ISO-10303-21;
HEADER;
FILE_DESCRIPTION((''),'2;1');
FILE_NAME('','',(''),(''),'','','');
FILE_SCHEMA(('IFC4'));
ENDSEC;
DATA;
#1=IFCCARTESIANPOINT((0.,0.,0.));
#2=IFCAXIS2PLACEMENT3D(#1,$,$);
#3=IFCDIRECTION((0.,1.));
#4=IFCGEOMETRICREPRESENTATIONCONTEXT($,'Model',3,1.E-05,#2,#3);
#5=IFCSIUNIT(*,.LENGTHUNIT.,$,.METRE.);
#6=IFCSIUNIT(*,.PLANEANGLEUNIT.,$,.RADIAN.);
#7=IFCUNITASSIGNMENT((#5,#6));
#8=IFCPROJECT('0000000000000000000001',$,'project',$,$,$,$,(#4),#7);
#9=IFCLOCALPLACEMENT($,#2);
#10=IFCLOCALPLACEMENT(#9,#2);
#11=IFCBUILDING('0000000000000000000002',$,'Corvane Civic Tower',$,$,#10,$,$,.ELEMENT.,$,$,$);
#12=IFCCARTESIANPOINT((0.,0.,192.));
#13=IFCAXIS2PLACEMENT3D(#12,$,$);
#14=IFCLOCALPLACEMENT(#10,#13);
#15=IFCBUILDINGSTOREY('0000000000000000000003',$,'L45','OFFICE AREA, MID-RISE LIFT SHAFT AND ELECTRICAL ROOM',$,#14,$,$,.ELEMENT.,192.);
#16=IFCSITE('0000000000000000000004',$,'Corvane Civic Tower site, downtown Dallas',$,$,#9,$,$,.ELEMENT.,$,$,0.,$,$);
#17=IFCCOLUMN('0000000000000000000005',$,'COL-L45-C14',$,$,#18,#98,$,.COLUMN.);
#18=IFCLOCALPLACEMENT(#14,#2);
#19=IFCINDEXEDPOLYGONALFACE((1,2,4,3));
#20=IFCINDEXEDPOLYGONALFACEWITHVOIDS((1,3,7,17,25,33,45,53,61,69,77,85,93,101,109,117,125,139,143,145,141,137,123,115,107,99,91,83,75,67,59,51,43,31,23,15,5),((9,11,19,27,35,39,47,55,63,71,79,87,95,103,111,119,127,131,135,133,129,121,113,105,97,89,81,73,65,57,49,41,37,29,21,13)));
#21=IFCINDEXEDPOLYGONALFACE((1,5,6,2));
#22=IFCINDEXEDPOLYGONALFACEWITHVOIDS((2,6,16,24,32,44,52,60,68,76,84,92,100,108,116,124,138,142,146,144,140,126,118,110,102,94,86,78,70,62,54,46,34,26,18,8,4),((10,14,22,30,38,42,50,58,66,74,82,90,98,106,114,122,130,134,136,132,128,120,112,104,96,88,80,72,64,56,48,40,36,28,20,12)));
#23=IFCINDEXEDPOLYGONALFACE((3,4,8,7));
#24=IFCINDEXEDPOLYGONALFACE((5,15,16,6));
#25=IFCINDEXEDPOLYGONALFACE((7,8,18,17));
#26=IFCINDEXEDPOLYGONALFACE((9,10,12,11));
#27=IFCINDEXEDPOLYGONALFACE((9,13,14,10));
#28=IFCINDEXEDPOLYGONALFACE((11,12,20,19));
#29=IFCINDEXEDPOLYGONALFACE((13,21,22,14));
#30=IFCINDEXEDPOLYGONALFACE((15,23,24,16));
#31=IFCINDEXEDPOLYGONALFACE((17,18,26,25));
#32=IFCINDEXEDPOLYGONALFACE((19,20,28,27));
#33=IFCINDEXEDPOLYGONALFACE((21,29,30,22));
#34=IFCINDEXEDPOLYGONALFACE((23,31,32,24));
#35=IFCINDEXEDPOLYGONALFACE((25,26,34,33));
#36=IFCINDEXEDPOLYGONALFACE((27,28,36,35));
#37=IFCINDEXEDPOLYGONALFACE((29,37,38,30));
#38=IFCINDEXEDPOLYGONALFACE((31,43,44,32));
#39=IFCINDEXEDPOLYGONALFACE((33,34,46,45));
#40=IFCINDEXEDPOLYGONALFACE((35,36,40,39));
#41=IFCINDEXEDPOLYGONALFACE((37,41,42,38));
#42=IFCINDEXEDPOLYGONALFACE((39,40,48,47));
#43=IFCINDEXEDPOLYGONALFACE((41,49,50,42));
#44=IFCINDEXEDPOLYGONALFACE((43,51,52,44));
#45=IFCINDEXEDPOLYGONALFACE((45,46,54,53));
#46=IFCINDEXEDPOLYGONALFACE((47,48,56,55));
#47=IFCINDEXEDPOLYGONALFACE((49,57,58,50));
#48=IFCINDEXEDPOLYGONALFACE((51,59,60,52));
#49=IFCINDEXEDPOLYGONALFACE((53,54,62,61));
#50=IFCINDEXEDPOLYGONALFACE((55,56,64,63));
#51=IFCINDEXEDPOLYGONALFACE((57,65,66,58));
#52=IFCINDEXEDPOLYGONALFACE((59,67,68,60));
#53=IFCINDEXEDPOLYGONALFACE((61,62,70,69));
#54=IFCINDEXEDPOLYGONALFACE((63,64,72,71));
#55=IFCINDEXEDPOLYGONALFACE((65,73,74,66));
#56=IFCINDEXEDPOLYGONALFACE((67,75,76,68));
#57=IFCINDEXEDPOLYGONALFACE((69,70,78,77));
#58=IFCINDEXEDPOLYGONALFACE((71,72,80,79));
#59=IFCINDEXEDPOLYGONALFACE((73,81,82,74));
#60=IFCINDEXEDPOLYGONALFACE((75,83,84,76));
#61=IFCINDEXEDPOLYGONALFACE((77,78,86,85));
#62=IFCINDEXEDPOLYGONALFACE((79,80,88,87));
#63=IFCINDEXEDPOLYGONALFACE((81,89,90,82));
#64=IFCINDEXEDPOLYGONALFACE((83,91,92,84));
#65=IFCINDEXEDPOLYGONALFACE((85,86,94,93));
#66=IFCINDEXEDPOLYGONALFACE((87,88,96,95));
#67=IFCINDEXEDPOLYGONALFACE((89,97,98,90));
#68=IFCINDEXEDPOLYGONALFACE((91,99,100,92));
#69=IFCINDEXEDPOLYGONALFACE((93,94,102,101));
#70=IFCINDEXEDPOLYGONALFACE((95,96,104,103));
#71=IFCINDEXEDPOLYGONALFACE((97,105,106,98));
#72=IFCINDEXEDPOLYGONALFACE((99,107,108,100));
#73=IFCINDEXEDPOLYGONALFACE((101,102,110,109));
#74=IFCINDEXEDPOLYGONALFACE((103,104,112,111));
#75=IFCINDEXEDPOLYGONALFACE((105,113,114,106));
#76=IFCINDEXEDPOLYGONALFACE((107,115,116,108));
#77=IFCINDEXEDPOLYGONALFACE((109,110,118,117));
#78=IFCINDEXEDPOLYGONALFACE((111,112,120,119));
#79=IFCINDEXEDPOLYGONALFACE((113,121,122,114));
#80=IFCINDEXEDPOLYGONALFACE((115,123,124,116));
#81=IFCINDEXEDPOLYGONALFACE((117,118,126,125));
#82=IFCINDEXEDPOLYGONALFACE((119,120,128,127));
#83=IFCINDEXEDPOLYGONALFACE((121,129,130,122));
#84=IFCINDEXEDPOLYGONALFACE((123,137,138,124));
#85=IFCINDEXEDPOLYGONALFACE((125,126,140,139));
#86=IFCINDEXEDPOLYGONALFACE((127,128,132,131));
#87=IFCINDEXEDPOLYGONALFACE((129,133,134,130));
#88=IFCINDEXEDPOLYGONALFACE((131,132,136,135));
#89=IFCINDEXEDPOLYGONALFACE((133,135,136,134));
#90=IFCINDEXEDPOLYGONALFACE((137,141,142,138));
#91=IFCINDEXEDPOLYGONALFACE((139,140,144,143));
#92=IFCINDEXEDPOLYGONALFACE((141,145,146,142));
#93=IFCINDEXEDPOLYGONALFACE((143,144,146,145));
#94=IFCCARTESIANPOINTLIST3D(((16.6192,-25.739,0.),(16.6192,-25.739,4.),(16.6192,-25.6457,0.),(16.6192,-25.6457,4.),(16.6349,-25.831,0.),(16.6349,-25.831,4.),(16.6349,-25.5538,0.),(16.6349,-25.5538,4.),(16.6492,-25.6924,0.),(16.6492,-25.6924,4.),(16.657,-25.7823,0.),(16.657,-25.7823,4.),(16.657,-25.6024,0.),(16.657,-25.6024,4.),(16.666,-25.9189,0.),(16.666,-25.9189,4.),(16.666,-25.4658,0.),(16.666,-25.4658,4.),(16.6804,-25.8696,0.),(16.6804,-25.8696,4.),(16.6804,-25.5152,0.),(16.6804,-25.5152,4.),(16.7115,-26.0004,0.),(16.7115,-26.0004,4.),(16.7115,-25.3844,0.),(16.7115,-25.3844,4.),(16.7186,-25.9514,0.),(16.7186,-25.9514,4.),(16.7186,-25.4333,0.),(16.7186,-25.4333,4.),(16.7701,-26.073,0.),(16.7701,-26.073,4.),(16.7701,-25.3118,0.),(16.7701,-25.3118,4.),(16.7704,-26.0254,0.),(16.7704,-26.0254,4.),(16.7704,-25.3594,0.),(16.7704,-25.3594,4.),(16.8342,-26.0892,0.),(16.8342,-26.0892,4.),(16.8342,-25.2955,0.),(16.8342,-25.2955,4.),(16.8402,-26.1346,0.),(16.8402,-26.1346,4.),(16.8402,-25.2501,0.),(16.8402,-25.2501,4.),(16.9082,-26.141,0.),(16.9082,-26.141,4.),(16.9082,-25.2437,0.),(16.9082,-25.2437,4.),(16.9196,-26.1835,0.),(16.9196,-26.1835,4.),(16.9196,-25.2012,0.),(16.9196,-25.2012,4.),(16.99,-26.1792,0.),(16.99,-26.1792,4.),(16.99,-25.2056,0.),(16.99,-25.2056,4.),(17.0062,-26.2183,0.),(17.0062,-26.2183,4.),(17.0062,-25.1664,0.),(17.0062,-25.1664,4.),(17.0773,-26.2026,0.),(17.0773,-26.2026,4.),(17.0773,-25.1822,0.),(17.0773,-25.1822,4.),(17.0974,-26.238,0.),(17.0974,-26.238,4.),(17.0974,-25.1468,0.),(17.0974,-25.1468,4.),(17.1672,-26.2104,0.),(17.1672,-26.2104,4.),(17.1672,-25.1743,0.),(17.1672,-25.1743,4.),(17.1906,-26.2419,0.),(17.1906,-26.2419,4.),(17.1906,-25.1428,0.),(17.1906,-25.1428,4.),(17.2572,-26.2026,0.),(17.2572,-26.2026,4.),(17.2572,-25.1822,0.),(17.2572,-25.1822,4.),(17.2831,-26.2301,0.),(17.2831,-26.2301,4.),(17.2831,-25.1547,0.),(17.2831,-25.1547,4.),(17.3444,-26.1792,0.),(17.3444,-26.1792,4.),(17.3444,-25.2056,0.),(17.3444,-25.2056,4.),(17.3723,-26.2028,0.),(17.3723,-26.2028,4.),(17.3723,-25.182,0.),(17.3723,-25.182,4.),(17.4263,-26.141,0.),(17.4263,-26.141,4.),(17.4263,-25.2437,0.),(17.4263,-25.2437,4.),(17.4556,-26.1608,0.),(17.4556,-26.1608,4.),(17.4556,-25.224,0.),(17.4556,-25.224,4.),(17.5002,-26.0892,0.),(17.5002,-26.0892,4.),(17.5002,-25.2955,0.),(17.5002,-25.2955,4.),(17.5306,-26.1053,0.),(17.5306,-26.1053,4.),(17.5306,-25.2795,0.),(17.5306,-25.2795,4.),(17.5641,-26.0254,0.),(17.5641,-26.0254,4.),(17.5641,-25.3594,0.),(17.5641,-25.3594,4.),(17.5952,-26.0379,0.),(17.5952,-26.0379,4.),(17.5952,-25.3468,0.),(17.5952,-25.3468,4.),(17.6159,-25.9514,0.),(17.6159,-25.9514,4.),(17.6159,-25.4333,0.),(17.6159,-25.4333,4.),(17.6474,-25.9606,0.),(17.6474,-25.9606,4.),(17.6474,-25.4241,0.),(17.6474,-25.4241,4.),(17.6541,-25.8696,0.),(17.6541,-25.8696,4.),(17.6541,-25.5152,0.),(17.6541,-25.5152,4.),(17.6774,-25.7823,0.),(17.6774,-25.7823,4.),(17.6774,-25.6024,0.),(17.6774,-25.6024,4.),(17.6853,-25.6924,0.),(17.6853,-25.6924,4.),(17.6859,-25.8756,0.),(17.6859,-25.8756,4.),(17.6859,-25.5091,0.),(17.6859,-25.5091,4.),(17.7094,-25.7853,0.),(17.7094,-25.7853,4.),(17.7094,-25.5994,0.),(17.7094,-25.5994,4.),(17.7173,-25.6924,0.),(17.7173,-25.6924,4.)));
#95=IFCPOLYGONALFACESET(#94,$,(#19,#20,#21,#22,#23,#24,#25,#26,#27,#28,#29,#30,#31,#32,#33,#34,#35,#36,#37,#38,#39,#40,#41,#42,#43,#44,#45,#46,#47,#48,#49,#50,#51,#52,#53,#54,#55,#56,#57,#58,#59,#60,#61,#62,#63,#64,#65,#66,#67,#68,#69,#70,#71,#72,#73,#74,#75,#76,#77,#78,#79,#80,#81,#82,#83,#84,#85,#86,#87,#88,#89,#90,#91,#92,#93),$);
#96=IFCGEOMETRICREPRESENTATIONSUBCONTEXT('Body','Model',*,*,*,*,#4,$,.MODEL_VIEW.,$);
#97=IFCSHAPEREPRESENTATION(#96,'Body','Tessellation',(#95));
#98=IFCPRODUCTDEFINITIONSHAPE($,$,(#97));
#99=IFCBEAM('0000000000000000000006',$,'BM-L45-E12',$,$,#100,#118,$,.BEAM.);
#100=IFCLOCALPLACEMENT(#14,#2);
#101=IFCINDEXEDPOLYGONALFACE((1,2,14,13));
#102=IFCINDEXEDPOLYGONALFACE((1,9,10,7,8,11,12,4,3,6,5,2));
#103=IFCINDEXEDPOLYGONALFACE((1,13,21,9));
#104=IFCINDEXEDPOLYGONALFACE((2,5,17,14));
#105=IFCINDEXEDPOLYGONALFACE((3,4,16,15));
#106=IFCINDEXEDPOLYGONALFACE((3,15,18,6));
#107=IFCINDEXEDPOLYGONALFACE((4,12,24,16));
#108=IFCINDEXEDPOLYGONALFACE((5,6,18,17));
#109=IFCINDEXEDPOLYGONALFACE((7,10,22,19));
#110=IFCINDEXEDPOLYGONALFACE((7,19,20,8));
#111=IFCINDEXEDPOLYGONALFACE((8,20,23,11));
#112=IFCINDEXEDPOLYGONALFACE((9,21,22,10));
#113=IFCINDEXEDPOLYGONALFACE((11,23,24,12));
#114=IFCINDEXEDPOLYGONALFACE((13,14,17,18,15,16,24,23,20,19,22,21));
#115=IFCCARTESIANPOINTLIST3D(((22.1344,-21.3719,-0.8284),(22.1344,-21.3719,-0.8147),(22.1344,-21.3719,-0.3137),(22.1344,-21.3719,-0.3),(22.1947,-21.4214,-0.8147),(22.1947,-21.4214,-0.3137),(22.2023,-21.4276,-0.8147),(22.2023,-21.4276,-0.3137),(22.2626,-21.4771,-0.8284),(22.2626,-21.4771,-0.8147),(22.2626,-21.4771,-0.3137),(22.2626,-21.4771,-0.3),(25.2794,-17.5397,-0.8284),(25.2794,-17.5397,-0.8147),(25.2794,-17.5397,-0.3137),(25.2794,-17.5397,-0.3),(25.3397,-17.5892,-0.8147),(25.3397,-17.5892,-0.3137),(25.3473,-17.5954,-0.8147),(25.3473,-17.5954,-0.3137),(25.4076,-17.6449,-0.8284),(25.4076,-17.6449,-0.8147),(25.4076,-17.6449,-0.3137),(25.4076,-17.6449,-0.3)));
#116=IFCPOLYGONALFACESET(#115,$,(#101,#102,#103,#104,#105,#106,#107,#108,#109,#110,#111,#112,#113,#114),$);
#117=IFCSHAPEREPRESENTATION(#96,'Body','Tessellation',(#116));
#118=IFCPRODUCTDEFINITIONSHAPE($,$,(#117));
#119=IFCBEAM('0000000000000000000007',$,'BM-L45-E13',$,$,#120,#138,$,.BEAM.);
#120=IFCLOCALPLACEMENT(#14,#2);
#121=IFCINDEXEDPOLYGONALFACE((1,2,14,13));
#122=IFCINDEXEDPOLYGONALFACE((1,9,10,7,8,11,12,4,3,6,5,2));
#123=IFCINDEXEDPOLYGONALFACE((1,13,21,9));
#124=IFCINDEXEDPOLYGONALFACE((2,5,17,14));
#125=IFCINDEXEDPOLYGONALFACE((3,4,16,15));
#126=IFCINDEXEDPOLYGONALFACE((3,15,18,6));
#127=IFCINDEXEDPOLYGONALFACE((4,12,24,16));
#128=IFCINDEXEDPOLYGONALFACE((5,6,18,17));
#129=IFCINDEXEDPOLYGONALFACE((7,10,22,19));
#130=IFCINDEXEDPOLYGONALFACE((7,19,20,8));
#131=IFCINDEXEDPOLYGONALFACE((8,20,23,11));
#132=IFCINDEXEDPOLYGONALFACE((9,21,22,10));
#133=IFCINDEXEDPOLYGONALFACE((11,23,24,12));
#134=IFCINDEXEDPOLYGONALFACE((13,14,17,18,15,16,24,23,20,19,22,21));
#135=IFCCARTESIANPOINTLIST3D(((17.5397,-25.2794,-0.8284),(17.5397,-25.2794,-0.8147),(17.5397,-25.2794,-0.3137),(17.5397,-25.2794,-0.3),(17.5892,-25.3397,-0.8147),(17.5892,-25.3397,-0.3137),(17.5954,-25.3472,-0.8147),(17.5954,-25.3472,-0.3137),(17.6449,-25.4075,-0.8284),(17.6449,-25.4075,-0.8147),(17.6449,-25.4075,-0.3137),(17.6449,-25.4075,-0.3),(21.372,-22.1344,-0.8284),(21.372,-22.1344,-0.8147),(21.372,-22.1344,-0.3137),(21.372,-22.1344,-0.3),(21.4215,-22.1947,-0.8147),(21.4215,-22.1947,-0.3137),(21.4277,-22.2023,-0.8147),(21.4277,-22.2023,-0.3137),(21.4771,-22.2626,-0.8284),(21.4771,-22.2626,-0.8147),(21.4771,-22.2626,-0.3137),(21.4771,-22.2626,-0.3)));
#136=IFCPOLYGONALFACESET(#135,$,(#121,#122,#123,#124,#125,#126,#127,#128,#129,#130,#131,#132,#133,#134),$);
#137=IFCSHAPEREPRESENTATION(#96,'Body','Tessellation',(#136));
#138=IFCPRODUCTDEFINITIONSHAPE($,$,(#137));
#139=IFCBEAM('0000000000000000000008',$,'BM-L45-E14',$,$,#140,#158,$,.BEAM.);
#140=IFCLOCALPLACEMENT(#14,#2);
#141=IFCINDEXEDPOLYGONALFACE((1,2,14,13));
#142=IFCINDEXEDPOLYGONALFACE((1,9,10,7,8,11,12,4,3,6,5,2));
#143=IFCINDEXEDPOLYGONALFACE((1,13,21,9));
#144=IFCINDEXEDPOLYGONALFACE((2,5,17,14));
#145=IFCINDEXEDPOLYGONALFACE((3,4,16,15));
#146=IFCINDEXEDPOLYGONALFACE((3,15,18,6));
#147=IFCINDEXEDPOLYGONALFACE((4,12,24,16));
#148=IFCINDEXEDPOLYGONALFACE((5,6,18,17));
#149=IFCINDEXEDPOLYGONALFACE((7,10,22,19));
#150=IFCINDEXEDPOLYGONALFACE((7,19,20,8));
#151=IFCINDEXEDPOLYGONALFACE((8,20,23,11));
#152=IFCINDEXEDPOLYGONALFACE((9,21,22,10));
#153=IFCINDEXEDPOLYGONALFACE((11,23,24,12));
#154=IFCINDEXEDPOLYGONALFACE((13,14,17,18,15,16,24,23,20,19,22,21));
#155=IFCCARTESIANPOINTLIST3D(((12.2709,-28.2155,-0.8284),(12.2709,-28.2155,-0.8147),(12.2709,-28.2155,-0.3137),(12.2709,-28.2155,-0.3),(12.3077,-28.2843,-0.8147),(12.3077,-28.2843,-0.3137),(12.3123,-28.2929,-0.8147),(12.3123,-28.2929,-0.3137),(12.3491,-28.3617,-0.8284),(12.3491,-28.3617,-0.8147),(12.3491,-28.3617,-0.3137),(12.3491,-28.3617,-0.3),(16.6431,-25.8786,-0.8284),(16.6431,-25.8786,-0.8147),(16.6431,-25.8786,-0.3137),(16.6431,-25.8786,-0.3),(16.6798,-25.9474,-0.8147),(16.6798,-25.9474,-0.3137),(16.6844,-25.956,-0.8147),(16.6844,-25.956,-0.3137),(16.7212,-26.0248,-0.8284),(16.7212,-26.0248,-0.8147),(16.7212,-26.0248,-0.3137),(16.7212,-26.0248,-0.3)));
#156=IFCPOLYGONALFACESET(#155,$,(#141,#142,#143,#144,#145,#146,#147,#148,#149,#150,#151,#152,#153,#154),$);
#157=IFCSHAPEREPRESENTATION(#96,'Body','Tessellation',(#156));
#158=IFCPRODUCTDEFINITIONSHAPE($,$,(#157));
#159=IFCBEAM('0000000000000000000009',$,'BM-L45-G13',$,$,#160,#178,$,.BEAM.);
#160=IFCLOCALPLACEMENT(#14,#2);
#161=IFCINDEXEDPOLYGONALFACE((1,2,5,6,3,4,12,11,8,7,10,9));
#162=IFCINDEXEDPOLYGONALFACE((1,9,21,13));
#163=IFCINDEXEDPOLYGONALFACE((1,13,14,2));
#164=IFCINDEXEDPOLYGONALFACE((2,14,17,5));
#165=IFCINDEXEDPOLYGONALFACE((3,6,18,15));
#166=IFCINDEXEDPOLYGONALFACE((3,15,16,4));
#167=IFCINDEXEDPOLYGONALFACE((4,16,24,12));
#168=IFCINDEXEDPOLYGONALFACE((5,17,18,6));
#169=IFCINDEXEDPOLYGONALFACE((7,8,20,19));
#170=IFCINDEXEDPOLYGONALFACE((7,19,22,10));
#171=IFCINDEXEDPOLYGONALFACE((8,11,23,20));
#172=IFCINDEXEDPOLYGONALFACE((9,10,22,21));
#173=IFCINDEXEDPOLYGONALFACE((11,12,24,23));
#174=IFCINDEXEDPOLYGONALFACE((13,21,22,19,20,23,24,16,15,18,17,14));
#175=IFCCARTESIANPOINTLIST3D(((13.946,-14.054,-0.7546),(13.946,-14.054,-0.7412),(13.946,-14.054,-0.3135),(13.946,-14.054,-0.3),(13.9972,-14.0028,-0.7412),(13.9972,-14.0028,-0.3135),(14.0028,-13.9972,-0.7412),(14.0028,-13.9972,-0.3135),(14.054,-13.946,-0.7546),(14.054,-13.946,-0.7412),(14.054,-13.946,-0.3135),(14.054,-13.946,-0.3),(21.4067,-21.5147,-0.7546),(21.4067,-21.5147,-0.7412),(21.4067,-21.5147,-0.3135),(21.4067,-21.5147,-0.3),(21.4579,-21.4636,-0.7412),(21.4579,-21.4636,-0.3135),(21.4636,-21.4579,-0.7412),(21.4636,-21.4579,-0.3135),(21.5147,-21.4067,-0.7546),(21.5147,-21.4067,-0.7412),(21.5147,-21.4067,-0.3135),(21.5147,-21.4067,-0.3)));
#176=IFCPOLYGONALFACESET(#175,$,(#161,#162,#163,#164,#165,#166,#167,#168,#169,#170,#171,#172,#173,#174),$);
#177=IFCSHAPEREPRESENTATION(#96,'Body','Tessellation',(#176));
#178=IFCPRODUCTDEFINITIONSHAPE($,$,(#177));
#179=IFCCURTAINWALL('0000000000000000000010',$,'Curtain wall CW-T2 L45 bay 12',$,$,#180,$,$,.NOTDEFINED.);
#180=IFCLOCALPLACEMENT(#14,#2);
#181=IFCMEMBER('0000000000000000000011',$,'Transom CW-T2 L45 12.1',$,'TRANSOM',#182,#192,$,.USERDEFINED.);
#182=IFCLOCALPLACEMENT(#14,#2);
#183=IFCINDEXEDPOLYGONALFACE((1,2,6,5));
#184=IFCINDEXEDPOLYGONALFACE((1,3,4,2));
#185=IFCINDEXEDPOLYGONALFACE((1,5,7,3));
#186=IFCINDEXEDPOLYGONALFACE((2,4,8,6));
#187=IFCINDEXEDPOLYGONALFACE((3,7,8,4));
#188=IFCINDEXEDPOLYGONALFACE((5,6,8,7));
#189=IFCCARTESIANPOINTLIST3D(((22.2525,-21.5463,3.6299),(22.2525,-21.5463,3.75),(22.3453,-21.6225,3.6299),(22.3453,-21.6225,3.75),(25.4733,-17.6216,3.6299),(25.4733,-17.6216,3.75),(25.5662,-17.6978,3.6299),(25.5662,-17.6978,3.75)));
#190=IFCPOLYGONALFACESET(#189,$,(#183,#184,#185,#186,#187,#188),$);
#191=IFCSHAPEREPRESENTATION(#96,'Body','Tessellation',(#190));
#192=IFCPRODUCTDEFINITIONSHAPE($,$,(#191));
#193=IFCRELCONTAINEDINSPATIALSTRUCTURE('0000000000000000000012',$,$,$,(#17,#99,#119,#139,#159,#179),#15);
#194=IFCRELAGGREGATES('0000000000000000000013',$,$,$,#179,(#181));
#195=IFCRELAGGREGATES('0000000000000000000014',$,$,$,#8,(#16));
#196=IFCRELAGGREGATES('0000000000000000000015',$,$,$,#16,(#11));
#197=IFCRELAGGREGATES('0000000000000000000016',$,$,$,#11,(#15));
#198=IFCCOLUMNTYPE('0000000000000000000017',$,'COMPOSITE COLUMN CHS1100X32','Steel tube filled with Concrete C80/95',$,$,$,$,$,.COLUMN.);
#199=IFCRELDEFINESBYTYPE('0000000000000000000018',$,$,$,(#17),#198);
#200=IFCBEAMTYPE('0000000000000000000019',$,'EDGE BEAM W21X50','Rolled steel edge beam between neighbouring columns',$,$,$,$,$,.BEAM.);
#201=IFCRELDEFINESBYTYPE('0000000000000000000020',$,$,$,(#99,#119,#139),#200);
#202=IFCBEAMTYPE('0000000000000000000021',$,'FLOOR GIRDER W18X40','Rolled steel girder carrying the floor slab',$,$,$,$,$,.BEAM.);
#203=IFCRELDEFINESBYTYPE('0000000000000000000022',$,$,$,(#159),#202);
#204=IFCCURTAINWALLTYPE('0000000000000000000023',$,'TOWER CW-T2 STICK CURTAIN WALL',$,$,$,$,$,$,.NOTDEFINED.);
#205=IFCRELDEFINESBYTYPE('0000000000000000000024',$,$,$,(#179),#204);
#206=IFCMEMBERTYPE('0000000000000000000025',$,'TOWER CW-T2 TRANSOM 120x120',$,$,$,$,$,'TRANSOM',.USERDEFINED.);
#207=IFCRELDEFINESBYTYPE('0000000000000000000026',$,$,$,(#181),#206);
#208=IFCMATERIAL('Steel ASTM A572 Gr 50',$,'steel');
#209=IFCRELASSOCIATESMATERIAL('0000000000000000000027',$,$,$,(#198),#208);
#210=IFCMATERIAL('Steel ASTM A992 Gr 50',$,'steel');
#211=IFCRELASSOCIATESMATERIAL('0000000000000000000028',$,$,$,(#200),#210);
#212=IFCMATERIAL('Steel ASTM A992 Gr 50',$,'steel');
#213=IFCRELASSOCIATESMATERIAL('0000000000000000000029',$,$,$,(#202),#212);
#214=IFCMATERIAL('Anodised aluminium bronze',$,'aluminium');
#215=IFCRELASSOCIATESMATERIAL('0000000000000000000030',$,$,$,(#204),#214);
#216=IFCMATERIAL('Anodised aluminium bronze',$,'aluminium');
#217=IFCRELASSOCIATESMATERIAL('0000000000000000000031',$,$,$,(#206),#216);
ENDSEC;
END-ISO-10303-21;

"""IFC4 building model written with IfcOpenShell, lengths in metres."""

from ifc_helpers import new_model, si_unit, direction, frame, origin, origin_2d, place, context, subcontext, project, spatial, rectangle, hollow_circle, i_section, extrude, material, material_profile, profile_set, type_object, element, aggregate, save


model = new_model("IFC4")

# Units and contexts
model_context = context("Model", 3, precision=1e-05, world=origin(), true_north=direction((0.0, 1.0)))
body_context = subcontext(model_context, "Body", "Model", "MODEL_VIEW")
ifc_project = project(units=[si_unit("LENGTHUNIT", "METRE"), si_unit("PLANEANGLEUNIT", "RADIAN")], contexts=[model_context])

# Site, building, storey
site_placement = place(None, origin())
site = spatial("IfcSite", under=ifc_project, at=site_placement, Name="Corvane Civic Tower site, downtown Dallas", CompositionType="ELEMENT", RefElevation=0.0)
building_placement = place(site_placement, origin())
building = spatial("IfcBuilding", under=site, at=building_placement, Name="Corvane Civic Tower", CompositionType="ELEMENT")
storey_placement = place(building_placement, frame((0.0, 0.0, 192.0)))
storey = spatial("IfcBuildingStorey", under=building, at=storey_placement, Name="L45", Description="OFFICE AREA, MID-RISE LIFT SHAFT AND ELECTRICAL ROOM", CompositionType="ELEMENT", Elevation=192.0)

# Column
ifc_material_1 = material(Name="Steel ASTM A572 Gr 50", Category="steel")
ifc_material_profile_1 = material_profile(ifc_material_1, hollow_circle(Radius=0.55, WallThickness=0.032, at=origin_2d()), Name="CHS1100X32")
ifc_profile_set_1 = profile_set([ifc_material_profile_1], Name="Steel ASTM A572 Gr 50")
column_type = type_object("IfcColumnType", Name="COMPOSITE COLUMN CHS1100X32", Description="Steel tube filled with Concrete C80/95", PredefinedType="COLUMN", material=ifc_profile_set_1)
for number, where, z_axis, x_axis, name in (
    (1, (17.1672, -25.6924, 0.0), (0.0, 0.0, 1.0), (1.0, 0.0, 0.0), "COL-L45-C14"),
):
    element("IfcColumn", number, at=place(storey_placement, frame(where, z_axis=z_axis, x_axis=x_axis)), inside=storey, type_object=column_type, Name=name, PredefinedType="COLUMN", context=body_context, shape_type="SweptSolid", body=[
        extrude(hollow_circle(Radius=0.55, WallThickness=0.032, at=origin_2d()), origin(), (0.0, 0.0, 1.0), 4.0),
    ])

# Beams
ifc_material_2 = material(Name="Steel ASTM A992 Gr 50", Category="steel")
ifc_material_profile_2 = material_profile(ifc_material_2, i_section(OverallWidth=0.1658, OverallDepth=0.5283, WebThickness=0.0098, FlangeThickness=0.0137, at=origin_2d()), Name="W21X50")
ifc_profile_set_2 = profile_set([ifc_material_profile_2], Name="Steel ASTM A992 Gr 50")
beam_type_1 = type_object("IfcBeamType", Name="EDGE BEAM W21X50", Description="Rolled steel edge beam between neighbouring columns", PredefinedType="BEAM", material=ifc_profile_set_2)
for number, where, z_axis, x_axis, name in (
    (2, (25.3435, -17.5923, -0.5642), (-0.634388, -0.773015, 0.0), (0.773015, -0.634388, 0.0), "BM-L45-E12"),
    (3, (21.4246, -22.1985, -0.5642), (-0.773015, -0.634388, 0.0), (0.634388, -0.773015, 0.0), "BM-L45-E13"),
    (4, (16.6821, -25.9517, -0.5642), (-0.881922, -0.471396, 0.0), (0.471396, -0.881922, 0.0), "BM-L45-E14"),
):
    element("IfcBeam", number, at=place(storey_placement, frame(where, z_axis=z_axis, x_axis=x_axis)), inside=storey, type_object=beam_type_1, Name=name, PredefinedType="BEAM", context=body_context, shape_type="SweptSolid", body=[
        extrude(i_section(OverallWidth=0.1658, OverallDepth=0.5283, WebThickness=0.0098, FlangeThickness=0.0137, at=origin_2d()), origin(), (0.0, 0.0, 1.0), 4.9575),
    ])
ifc_material_3 = material(Name="Steel ASTM A992 Gr 50", Category="steel")
ifc_material_profile_3 = material_profile(ifc_material_3, i_section(OverallWidth=0.1528, OverallDepth=0.4546, WebThickness=0.0081, FlangeThickness=0.0134, at=origin_2d()), Name="W18X40")
ifc_profile_set_3 = profile_set([ifc_material_profile_3], Name="Steel ASTM A992 Gr 50")
beam_type_2 = type_object("IfcBeamType", Name="FLOOR GIRDER W18X40", Description="Rolled steel girder carrying the floor slab", PredefinedType="BEAM", material=ifc_profile_set_3)
beam_placement = place(storey_placement, frame((14.0, -14.0, -0.5273), z_axis=(0.707107, -0.707107, 0.0), x_axis=(0.707107, 0.707107, 0.0)))
element("IfcBeam", 5, at=beam_placement, inside=storey, type_object=beam_type_2, Name="BM-L45-G13", PredefinedType="BEAM", context=body_context, shape_type="SweptSolid", body=[
    extrude(i_section(OverallWidth=0.1528, OverallDepth=0.4546, WebThickness=0.0081, FlangeThickness=0.0134, at=origin_2d()), origin(), (0.0, 0.0, 1.0), 10.551),
])

# Curtain wall, member
ifc_material_4 = material(Name="Anodised aluminium bronze", Category="aluminium")
curtain_wall_type = type_object("IfcCurtainWallType", Name="TOWER CW-T2 STICK CURTAIN WALL", PredefinedType="NOTDEFINED", material=ifc_material_4)
curtain_wall_1_placement = place(storey_placement, origin())
curtain_wall_1 = element("IfcCurtainWall", 6, at=curtain_wall_1_placement, inside=storey, type_object=curtain_wall_type, Name="Curtain wall CW-T2 L45 bay 12", PredefinedType="NOTDEFINED")
ifc_material_5 = material(Name="Anodised aluminium bronze", Category="aluminium")
ifc_material_profile_4 = material_profile(ifc_material_5, rectangle(XDim=0.1201, YDim=0.1201, at=origin_2d()), Name="TOWER CW-T2 TRANSOM 120x120")
ifc_profile_set_4 = profile_set([ifc_material_profile_4], Name="Anodised aluminium bronze")
member_type = type_object("IfcMemberType", Name="TOWER CW-T2 TRANSOM 120x120", ElementType="TRANSOM", PredefinedType="USERDEFINED", material=ifc_profile_set_4)
member_1_placement = place(storey_placement, frame((25.5198, -17.6597, 3.6899), z_axis=(-0.634387, -0.773016, 0.0), x_axis=(0.773016, -0.634387, 0.0)))
member_1 = element("IfcMember", 7, at=member_1_placement, type_object=member_type, Name="Transom CW-T2 L45 12.1", ObjectType="TRANSOM", PredefinedType="USERDEFINED", context=body_context, shape_type="SweptSolid", body=[
    extrude(rectangle(XDim=0.1201, YDim=0.1201, at=origin_2d()), origin(), (0.0, 0.0, 1.0), 5.0771),
])

aggregate(curtain_wall_1, [member_1])

save(model, "model.ifc")
